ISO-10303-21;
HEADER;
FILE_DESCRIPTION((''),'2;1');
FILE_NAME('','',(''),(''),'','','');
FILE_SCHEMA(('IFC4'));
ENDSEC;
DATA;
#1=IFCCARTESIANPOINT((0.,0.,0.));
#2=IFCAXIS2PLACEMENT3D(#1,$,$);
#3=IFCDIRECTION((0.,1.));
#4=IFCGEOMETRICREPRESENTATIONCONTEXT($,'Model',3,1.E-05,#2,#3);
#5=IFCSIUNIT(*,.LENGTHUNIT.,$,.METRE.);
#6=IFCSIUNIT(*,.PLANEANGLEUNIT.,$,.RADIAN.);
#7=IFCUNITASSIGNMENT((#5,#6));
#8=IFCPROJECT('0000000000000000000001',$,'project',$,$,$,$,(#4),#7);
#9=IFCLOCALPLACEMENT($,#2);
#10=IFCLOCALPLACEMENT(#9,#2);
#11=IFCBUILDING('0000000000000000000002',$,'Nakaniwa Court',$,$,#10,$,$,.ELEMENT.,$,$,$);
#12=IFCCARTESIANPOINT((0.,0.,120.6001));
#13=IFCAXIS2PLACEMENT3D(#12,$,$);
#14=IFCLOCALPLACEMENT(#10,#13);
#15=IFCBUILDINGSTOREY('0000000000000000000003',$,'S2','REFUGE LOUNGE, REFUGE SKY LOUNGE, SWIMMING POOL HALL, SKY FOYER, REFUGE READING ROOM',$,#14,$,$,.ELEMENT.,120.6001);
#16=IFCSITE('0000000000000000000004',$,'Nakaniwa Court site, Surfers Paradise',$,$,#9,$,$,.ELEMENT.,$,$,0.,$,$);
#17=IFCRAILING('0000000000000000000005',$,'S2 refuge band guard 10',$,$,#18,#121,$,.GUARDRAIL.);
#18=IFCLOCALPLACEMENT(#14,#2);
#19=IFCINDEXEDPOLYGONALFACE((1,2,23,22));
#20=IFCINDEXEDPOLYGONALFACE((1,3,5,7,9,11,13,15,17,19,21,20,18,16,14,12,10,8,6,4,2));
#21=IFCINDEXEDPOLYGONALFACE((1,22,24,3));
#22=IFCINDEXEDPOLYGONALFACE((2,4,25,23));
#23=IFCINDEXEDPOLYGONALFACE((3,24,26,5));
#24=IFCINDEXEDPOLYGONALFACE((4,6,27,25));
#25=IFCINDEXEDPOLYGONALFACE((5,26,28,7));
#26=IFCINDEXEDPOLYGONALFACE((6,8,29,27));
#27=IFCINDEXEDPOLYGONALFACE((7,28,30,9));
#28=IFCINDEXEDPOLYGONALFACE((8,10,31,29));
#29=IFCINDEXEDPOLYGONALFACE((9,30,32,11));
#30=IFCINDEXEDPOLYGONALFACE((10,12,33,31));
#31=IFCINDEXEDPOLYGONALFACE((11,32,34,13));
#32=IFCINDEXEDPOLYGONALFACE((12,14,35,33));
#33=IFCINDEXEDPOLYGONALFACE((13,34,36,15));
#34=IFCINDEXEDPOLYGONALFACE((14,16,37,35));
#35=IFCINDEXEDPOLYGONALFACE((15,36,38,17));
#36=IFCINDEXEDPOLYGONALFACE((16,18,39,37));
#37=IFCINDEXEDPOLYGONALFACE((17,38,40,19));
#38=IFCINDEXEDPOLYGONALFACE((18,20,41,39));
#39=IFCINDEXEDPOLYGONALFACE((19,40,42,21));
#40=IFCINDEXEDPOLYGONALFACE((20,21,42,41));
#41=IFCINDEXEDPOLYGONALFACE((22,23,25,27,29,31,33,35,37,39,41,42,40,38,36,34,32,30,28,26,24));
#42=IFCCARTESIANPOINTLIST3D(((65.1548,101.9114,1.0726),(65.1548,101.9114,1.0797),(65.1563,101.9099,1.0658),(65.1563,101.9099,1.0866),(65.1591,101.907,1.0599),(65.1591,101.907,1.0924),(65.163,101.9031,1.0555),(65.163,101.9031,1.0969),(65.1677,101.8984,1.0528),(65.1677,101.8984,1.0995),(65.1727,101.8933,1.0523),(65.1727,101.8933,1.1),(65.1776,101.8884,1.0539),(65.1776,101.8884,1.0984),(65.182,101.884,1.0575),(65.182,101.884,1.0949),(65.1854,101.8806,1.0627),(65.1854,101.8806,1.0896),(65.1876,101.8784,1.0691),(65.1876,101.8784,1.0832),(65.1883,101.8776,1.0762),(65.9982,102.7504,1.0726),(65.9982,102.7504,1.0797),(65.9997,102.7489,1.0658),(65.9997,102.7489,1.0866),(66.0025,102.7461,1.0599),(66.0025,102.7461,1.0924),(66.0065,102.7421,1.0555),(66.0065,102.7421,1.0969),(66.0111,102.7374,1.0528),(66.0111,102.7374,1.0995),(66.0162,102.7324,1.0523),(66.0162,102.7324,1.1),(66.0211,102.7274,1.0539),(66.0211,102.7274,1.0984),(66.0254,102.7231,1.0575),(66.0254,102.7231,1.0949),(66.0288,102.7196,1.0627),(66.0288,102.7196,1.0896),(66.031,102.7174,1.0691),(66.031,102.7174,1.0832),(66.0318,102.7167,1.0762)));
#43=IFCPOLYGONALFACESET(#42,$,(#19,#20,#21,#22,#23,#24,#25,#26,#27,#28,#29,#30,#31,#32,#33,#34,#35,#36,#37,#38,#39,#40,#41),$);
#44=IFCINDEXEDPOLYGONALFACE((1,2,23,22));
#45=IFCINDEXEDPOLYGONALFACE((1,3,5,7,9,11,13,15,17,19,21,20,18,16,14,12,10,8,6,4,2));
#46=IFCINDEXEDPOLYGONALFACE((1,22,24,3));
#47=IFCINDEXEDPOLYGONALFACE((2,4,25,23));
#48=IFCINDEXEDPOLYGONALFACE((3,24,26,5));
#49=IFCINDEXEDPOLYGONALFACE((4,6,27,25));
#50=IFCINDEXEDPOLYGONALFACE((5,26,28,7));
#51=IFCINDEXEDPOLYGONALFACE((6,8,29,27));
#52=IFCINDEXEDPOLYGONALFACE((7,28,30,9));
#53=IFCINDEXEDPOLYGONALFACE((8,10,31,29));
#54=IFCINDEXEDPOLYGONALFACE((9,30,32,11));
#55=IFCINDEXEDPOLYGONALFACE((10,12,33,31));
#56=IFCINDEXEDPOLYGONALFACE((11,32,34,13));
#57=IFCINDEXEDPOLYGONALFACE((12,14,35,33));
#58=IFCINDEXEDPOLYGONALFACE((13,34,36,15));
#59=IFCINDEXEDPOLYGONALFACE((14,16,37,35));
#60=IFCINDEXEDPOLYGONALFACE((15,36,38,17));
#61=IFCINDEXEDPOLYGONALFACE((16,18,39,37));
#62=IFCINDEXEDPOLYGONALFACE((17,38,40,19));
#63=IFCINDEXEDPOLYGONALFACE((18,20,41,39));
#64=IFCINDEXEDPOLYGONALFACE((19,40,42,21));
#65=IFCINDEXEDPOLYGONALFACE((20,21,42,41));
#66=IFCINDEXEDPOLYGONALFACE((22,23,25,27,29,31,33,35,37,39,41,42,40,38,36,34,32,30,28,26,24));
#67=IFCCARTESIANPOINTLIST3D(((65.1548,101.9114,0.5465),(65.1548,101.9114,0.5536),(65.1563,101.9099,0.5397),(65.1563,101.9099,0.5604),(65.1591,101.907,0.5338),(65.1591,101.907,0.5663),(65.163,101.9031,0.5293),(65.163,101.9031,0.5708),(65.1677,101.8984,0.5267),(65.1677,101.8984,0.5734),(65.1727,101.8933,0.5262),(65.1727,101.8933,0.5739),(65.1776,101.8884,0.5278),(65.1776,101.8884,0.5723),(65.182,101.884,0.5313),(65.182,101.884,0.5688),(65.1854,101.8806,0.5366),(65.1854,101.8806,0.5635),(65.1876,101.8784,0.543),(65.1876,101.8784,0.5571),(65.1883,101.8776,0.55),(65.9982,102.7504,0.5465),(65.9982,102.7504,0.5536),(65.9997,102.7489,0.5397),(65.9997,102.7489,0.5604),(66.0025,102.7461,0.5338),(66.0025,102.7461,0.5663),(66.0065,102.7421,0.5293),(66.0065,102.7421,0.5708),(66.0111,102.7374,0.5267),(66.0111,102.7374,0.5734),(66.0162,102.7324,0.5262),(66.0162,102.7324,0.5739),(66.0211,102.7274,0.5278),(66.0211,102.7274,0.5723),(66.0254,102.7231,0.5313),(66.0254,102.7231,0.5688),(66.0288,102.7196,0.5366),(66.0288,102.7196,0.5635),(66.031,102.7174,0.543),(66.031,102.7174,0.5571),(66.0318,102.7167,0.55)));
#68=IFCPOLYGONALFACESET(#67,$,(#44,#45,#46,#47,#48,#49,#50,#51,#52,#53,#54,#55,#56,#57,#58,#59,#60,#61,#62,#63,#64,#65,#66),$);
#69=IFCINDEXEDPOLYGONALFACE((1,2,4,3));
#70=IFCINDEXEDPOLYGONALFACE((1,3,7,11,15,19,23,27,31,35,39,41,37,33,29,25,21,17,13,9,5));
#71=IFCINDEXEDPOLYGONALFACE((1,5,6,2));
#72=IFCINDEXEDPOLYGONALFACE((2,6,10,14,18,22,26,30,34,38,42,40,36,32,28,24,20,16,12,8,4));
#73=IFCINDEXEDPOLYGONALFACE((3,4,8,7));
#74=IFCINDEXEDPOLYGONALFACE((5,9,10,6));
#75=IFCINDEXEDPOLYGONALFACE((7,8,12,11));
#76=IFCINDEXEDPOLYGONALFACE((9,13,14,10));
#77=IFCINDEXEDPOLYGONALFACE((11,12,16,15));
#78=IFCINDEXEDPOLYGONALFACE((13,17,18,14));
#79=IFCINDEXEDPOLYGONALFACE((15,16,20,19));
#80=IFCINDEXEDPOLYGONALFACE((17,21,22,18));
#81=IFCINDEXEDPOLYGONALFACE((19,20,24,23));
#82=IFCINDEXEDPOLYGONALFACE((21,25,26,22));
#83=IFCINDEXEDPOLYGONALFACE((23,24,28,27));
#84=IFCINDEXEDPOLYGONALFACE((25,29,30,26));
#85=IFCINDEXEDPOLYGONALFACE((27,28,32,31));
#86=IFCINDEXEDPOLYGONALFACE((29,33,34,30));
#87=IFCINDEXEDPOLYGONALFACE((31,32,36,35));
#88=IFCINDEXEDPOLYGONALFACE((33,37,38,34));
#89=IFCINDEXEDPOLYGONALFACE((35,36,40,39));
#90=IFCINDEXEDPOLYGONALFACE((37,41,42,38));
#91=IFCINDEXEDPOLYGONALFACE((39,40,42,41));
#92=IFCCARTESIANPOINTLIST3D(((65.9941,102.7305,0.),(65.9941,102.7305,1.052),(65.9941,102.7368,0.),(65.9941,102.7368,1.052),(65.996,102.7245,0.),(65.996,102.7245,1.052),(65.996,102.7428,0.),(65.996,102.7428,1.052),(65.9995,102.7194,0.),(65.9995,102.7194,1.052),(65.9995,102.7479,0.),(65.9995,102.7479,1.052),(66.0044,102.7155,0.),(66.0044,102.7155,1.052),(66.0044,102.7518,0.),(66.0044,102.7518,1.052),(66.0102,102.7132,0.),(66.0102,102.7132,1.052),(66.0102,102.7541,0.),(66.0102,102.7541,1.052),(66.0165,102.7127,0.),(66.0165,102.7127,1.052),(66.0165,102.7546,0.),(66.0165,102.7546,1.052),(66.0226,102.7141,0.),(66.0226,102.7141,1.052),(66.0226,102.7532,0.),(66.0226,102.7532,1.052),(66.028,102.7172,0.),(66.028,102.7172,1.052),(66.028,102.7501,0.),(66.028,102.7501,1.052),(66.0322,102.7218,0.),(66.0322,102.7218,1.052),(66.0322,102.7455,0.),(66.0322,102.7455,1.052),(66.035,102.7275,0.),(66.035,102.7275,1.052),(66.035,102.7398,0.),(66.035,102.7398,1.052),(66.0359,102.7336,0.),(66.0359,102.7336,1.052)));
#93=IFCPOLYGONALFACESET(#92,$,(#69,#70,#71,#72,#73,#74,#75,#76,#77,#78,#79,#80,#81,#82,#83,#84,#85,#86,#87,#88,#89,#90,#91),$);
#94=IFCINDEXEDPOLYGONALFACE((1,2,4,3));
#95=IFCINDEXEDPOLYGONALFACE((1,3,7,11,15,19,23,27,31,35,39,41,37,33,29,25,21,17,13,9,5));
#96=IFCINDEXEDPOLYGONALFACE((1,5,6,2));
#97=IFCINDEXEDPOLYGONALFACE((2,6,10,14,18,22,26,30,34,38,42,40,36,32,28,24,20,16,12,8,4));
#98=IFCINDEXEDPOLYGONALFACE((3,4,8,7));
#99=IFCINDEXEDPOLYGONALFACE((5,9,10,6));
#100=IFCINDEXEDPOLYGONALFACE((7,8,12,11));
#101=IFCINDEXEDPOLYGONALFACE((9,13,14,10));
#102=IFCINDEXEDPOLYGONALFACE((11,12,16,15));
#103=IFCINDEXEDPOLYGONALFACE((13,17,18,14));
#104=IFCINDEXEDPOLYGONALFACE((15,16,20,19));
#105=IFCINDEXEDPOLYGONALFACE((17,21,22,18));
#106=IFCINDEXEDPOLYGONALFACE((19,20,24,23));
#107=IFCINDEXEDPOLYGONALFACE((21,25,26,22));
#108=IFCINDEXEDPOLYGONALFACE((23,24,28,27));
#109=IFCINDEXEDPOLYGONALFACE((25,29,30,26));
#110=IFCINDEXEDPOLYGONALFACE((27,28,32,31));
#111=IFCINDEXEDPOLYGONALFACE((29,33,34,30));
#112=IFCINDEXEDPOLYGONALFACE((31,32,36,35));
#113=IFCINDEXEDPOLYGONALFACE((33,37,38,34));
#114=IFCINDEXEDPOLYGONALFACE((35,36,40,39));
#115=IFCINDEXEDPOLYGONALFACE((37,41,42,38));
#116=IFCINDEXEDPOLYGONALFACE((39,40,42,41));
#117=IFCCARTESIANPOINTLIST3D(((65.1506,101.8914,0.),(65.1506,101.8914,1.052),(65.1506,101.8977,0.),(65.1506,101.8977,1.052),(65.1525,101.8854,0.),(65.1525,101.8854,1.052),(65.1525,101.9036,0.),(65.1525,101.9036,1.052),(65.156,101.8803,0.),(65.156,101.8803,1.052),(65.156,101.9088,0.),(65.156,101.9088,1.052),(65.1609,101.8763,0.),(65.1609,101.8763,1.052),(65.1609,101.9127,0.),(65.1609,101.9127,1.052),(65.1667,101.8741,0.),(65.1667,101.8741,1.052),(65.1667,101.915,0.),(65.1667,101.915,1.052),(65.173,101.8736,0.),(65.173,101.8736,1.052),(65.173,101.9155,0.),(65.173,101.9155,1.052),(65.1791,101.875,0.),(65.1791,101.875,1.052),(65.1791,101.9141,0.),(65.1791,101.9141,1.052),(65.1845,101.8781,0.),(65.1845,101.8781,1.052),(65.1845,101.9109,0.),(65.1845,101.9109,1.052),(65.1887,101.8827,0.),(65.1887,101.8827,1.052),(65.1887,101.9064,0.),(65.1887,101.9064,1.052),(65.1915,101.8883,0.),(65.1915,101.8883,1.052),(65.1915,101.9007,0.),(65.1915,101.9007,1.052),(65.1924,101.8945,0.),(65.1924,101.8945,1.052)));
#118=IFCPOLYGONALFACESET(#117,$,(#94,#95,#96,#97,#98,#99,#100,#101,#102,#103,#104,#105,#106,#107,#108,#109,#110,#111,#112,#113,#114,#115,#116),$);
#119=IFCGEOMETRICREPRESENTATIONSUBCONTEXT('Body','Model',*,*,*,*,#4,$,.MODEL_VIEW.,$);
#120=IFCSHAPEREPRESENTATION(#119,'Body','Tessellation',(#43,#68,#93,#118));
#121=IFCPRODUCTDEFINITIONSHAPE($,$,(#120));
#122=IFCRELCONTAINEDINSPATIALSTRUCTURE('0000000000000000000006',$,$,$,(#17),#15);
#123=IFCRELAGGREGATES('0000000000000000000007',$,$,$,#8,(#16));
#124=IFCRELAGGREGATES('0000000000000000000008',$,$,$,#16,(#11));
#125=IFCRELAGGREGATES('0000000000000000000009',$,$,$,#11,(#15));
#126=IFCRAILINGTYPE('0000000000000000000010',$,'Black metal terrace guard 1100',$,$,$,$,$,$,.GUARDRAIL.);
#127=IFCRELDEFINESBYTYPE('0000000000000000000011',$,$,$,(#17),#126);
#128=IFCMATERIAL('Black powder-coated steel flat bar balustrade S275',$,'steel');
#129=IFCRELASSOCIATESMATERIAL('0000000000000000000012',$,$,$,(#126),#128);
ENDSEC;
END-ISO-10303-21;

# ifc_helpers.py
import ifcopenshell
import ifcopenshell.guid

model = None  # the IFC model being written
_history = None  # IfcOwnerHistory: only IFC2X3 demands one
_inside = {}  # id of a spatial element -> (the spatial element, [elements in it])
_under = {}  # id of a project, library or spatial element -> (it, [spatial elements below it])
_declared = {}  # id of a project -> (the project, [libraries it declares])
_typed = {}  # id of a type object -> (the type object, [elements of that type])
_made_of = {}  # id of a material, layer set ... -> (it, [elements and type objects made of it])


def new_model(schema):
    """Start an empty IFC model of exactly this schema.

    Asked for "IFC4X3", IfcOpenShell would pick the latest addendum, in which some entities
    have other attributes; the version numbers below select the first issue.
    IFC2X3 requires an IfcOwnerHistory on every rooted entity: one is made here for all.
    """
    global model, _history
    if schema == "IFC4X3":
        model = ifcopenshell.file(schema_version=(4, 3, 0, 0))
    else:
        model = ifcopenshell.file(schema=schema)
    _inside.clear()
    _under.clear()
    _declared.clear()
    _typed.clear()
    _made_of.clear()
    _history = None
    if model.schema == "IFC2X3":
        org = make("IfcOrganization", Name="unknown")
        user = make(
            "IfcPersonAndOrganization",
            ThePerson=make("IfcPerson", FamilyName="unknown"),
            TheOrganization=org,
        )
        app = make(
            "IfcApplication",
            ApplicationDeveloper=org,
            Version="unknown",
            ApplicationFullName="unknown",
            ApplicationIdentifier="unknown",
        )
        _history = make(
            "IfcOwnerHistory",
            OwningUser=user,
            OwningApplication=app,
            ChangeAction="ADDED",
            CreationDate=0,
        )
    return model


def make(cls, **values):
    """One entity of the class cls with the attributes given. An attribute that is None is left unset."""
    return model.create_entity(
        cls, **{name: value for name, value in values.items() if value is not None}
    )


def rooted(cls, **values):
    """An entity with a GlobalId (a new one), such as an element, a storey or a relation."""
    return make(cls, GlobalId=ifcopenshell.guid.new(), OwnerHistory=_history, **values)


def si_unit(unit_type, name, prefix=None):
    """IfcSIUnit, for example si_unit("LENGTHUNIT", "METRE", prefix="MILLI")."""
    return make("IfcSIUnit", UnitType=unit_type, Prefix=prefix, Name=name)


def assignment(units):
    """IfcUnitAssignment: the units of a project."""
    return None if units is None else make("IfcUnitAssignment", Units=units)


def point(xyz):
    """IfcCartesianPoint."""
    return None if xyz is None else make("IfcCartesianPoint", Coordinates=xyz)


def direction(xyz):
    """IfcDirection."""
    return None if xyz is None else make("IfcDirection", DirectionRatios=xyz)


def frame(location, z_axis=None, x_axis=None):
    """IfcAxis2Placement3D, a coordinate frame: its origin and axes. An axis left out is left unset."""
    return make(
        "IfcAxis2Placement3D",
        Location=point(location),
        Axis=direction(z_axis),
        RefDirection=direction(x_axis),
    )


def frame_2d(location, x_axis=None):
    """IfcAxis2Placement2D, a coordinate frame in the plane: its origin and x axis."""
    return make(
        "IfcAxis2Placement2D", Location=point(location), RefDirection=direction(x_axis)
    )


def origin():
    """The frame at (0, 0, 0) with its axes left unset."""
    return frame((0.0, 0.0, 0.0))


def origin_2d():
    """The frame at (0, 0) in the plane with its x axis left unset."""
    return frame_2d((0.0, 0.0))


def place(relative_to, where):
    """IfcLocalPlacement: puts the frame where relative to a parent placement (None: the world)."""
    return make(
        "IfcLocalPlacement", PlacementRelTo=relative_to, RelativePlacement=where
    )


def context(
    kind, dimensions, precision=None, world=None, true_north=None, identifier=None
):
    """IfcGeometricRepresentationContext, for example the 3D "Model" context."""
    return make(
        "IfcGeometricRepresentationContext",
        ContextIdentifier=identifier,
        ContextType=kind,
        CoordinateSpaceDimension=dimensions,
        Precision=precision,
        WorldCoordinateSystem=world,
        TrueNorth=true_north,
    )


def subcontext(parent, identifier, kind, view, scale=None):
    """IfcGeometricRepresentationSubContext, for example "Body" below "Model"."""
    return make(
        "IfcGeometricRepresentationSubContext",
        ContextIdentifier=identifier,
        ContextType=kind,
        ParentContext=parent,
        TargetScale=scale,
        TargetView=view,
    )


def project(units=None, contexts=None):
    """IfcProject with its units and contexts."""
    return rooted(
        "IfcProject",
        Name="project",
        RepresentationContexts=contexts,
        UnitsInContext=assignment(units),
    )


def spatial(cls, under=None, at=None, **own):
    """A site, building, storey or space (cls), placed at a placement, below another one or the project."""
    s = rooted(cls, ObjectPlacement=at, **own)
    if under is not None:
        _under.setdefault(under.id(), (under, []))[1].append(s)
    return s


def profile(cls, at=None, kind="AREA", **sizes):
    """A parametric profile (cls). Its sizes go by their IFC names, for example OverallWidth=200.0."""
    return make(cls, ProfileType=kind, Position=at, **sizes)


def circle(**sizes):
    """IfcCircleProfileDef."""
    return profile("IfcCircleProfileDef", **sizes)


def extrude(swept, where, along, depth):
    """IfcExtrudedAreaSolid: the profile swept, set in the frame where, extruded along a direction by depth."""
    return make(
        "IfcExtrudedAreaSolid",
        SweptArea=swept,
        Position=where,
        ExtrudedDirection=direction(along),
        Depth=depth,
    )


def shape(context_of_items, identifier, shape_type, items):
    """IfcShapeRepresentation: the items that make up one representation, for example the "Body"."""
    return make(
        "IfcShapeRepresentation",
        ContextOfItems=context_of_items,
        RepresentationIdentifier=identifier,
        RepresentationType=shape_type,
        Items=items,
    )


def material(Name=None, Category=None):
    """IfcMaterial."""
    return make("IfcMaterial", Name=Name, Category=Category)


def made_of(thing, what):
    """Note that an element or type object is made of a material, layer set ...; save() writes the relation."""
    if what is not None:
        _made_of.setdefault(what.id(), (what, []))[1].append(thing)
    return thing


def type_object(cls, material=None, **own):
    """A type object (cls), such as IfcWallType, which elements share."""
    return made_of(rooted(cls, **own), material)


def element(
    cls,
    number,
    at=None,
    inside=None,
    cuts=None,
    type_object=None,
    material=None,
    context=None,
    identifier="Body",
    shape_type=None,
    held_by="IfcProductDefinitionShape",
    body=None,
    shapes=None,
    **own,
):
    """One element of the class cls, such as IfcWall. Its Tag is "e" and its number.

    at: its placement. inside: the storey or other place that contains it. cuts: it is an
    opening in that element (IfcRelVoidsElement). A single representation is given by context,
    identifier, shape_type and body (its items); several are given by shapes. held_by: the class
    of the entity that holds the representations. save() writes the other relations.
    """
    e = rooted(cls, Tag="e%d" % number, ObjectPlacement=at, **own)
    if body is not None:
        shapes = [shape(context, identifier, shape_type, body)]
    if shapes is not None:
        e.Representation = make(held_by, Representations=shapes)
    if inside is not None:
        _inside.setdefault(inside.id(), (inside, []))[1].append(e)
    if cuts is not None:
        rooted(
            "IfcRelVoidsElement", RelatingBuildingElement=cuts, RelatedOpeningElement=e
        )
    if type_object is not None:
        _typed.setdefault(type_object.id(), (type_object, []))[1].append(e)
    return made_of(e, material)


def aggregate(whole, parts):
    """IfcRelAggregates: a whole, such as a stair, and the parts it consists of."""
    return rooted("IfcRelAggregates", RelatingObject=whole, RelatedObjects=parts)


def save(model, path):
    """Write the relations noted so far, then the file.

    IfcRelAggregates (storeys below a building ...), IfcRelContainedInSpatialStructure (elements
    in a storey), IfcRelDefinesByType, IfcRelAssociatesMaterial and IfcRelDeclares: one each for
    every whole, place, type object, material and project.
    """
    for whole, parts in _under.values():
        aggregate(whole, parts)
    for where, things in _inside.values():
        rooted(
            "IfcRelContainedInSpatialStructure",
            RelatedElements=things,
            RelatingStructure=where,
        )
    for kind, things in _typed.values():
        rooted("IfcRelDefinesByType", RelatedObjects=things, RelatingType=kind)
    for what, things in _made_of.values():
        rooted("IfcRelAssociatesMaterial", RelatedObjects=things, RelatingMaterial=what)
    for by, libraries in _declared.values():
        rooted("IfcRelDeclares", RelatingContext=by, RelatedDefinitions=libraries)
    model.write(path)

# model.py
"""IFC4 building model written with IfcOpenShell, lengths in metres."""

from ifc_helpers import new_model, si_unit, direction, frame, origin, origin_2d, place, context, subcontext, project, spatial, circle, extrude, material, type_object, element, save


model = new_model("IFC4")

# Units and contexts
model_context = context("Model", 3, precision=1e-05, world=origin(), true_north=direction((0.0, 1.0)))
body_context = subcontext(model_context, "Body", "Model", "MODEL_VIEW")
ifc_project = project(units=[si_unit("LENGTHUNIT", "METRE"), si_unit("PLANEANGLEUNIT", "RADIAN")], contexts=[model_context])

# Site, building, storey
site_placement = place(None, origin())
site = spatial("IfcSite", under=ifc_project, at=site_placement, Name="Nakaniwa Court site, Surfers Paradise", CompositionType="ELEMENT", RefElevation=0.0)
building_placement = place(site_placement, origin())
building = spatial("IfcBuilding", under=site, at=building_placement, Name="Nakaniwa Court", CompositionType="ELEMENT")
storey_placement = place(building_placement, frame((0.0, 0.0, 120.6001)))
storey = spatial("IfcBuildingStorey", under=building, at=storey_placement, Name="S2", Description="REFUGE LOUNGE, REFUGE SKY LOUNGE, SWIMMING POOL HALL, SKY FOYER, REFUGE READING ROOM", CompositionType="ELEMENT", Elevation=120.6001)

# Railing
ifc_material_1 = material(Name="Black powder-coated steel flat bar balustrade S275", Category="steel")
railing_type = type_object("IfcRailingType", Name="Black metal terrace guard 1100", PredefinedType="GUARDRAIL", material=ifc_material_1)
railing_1_placement = place(storey_placement, frame((66.0149, 102.7336, 0.0)))
element("IfcRailing", 1, at=railing_1_placement, inside=storey, type_object=railing_type, Name="S2 refuge band guard 10", PredefinedType="GUARDRAIL", context=body_context, shape_type="SweptSolid", body=[
    extrude(circle(Radius=0.0239, at=origin_2d()), frame((0.0, 0.0, 1.0762), z_axis=(-0.708951, -0.705258, 0.0), x_axis=(0.705258, -0.708951, 0.0)), (0.0, 0.0, 1.0), 1.1897),
    extrude(circle(Radius=0.0239, at=origin_2d()), frame((0.0, 0.0, 0.55), z_axis=(-0.708951, -0.705258, 0.0), x_axis=(0.705258, -0.708951, 0.0)), (0.0, 0.0, 1.0), 1.1897),
    extrude(circle(Radius=0.021, at=origin_2d()), origin(), (0.0, 0.0, 1.0), 1.052),
    extrude(circle(Radius=0.021, at=origin_2d()), frame((-0.8435, -0.8391, 0.0)), (0.0, 0.0, 1.0), 1.052),
])

save(model, "model.ifc")
